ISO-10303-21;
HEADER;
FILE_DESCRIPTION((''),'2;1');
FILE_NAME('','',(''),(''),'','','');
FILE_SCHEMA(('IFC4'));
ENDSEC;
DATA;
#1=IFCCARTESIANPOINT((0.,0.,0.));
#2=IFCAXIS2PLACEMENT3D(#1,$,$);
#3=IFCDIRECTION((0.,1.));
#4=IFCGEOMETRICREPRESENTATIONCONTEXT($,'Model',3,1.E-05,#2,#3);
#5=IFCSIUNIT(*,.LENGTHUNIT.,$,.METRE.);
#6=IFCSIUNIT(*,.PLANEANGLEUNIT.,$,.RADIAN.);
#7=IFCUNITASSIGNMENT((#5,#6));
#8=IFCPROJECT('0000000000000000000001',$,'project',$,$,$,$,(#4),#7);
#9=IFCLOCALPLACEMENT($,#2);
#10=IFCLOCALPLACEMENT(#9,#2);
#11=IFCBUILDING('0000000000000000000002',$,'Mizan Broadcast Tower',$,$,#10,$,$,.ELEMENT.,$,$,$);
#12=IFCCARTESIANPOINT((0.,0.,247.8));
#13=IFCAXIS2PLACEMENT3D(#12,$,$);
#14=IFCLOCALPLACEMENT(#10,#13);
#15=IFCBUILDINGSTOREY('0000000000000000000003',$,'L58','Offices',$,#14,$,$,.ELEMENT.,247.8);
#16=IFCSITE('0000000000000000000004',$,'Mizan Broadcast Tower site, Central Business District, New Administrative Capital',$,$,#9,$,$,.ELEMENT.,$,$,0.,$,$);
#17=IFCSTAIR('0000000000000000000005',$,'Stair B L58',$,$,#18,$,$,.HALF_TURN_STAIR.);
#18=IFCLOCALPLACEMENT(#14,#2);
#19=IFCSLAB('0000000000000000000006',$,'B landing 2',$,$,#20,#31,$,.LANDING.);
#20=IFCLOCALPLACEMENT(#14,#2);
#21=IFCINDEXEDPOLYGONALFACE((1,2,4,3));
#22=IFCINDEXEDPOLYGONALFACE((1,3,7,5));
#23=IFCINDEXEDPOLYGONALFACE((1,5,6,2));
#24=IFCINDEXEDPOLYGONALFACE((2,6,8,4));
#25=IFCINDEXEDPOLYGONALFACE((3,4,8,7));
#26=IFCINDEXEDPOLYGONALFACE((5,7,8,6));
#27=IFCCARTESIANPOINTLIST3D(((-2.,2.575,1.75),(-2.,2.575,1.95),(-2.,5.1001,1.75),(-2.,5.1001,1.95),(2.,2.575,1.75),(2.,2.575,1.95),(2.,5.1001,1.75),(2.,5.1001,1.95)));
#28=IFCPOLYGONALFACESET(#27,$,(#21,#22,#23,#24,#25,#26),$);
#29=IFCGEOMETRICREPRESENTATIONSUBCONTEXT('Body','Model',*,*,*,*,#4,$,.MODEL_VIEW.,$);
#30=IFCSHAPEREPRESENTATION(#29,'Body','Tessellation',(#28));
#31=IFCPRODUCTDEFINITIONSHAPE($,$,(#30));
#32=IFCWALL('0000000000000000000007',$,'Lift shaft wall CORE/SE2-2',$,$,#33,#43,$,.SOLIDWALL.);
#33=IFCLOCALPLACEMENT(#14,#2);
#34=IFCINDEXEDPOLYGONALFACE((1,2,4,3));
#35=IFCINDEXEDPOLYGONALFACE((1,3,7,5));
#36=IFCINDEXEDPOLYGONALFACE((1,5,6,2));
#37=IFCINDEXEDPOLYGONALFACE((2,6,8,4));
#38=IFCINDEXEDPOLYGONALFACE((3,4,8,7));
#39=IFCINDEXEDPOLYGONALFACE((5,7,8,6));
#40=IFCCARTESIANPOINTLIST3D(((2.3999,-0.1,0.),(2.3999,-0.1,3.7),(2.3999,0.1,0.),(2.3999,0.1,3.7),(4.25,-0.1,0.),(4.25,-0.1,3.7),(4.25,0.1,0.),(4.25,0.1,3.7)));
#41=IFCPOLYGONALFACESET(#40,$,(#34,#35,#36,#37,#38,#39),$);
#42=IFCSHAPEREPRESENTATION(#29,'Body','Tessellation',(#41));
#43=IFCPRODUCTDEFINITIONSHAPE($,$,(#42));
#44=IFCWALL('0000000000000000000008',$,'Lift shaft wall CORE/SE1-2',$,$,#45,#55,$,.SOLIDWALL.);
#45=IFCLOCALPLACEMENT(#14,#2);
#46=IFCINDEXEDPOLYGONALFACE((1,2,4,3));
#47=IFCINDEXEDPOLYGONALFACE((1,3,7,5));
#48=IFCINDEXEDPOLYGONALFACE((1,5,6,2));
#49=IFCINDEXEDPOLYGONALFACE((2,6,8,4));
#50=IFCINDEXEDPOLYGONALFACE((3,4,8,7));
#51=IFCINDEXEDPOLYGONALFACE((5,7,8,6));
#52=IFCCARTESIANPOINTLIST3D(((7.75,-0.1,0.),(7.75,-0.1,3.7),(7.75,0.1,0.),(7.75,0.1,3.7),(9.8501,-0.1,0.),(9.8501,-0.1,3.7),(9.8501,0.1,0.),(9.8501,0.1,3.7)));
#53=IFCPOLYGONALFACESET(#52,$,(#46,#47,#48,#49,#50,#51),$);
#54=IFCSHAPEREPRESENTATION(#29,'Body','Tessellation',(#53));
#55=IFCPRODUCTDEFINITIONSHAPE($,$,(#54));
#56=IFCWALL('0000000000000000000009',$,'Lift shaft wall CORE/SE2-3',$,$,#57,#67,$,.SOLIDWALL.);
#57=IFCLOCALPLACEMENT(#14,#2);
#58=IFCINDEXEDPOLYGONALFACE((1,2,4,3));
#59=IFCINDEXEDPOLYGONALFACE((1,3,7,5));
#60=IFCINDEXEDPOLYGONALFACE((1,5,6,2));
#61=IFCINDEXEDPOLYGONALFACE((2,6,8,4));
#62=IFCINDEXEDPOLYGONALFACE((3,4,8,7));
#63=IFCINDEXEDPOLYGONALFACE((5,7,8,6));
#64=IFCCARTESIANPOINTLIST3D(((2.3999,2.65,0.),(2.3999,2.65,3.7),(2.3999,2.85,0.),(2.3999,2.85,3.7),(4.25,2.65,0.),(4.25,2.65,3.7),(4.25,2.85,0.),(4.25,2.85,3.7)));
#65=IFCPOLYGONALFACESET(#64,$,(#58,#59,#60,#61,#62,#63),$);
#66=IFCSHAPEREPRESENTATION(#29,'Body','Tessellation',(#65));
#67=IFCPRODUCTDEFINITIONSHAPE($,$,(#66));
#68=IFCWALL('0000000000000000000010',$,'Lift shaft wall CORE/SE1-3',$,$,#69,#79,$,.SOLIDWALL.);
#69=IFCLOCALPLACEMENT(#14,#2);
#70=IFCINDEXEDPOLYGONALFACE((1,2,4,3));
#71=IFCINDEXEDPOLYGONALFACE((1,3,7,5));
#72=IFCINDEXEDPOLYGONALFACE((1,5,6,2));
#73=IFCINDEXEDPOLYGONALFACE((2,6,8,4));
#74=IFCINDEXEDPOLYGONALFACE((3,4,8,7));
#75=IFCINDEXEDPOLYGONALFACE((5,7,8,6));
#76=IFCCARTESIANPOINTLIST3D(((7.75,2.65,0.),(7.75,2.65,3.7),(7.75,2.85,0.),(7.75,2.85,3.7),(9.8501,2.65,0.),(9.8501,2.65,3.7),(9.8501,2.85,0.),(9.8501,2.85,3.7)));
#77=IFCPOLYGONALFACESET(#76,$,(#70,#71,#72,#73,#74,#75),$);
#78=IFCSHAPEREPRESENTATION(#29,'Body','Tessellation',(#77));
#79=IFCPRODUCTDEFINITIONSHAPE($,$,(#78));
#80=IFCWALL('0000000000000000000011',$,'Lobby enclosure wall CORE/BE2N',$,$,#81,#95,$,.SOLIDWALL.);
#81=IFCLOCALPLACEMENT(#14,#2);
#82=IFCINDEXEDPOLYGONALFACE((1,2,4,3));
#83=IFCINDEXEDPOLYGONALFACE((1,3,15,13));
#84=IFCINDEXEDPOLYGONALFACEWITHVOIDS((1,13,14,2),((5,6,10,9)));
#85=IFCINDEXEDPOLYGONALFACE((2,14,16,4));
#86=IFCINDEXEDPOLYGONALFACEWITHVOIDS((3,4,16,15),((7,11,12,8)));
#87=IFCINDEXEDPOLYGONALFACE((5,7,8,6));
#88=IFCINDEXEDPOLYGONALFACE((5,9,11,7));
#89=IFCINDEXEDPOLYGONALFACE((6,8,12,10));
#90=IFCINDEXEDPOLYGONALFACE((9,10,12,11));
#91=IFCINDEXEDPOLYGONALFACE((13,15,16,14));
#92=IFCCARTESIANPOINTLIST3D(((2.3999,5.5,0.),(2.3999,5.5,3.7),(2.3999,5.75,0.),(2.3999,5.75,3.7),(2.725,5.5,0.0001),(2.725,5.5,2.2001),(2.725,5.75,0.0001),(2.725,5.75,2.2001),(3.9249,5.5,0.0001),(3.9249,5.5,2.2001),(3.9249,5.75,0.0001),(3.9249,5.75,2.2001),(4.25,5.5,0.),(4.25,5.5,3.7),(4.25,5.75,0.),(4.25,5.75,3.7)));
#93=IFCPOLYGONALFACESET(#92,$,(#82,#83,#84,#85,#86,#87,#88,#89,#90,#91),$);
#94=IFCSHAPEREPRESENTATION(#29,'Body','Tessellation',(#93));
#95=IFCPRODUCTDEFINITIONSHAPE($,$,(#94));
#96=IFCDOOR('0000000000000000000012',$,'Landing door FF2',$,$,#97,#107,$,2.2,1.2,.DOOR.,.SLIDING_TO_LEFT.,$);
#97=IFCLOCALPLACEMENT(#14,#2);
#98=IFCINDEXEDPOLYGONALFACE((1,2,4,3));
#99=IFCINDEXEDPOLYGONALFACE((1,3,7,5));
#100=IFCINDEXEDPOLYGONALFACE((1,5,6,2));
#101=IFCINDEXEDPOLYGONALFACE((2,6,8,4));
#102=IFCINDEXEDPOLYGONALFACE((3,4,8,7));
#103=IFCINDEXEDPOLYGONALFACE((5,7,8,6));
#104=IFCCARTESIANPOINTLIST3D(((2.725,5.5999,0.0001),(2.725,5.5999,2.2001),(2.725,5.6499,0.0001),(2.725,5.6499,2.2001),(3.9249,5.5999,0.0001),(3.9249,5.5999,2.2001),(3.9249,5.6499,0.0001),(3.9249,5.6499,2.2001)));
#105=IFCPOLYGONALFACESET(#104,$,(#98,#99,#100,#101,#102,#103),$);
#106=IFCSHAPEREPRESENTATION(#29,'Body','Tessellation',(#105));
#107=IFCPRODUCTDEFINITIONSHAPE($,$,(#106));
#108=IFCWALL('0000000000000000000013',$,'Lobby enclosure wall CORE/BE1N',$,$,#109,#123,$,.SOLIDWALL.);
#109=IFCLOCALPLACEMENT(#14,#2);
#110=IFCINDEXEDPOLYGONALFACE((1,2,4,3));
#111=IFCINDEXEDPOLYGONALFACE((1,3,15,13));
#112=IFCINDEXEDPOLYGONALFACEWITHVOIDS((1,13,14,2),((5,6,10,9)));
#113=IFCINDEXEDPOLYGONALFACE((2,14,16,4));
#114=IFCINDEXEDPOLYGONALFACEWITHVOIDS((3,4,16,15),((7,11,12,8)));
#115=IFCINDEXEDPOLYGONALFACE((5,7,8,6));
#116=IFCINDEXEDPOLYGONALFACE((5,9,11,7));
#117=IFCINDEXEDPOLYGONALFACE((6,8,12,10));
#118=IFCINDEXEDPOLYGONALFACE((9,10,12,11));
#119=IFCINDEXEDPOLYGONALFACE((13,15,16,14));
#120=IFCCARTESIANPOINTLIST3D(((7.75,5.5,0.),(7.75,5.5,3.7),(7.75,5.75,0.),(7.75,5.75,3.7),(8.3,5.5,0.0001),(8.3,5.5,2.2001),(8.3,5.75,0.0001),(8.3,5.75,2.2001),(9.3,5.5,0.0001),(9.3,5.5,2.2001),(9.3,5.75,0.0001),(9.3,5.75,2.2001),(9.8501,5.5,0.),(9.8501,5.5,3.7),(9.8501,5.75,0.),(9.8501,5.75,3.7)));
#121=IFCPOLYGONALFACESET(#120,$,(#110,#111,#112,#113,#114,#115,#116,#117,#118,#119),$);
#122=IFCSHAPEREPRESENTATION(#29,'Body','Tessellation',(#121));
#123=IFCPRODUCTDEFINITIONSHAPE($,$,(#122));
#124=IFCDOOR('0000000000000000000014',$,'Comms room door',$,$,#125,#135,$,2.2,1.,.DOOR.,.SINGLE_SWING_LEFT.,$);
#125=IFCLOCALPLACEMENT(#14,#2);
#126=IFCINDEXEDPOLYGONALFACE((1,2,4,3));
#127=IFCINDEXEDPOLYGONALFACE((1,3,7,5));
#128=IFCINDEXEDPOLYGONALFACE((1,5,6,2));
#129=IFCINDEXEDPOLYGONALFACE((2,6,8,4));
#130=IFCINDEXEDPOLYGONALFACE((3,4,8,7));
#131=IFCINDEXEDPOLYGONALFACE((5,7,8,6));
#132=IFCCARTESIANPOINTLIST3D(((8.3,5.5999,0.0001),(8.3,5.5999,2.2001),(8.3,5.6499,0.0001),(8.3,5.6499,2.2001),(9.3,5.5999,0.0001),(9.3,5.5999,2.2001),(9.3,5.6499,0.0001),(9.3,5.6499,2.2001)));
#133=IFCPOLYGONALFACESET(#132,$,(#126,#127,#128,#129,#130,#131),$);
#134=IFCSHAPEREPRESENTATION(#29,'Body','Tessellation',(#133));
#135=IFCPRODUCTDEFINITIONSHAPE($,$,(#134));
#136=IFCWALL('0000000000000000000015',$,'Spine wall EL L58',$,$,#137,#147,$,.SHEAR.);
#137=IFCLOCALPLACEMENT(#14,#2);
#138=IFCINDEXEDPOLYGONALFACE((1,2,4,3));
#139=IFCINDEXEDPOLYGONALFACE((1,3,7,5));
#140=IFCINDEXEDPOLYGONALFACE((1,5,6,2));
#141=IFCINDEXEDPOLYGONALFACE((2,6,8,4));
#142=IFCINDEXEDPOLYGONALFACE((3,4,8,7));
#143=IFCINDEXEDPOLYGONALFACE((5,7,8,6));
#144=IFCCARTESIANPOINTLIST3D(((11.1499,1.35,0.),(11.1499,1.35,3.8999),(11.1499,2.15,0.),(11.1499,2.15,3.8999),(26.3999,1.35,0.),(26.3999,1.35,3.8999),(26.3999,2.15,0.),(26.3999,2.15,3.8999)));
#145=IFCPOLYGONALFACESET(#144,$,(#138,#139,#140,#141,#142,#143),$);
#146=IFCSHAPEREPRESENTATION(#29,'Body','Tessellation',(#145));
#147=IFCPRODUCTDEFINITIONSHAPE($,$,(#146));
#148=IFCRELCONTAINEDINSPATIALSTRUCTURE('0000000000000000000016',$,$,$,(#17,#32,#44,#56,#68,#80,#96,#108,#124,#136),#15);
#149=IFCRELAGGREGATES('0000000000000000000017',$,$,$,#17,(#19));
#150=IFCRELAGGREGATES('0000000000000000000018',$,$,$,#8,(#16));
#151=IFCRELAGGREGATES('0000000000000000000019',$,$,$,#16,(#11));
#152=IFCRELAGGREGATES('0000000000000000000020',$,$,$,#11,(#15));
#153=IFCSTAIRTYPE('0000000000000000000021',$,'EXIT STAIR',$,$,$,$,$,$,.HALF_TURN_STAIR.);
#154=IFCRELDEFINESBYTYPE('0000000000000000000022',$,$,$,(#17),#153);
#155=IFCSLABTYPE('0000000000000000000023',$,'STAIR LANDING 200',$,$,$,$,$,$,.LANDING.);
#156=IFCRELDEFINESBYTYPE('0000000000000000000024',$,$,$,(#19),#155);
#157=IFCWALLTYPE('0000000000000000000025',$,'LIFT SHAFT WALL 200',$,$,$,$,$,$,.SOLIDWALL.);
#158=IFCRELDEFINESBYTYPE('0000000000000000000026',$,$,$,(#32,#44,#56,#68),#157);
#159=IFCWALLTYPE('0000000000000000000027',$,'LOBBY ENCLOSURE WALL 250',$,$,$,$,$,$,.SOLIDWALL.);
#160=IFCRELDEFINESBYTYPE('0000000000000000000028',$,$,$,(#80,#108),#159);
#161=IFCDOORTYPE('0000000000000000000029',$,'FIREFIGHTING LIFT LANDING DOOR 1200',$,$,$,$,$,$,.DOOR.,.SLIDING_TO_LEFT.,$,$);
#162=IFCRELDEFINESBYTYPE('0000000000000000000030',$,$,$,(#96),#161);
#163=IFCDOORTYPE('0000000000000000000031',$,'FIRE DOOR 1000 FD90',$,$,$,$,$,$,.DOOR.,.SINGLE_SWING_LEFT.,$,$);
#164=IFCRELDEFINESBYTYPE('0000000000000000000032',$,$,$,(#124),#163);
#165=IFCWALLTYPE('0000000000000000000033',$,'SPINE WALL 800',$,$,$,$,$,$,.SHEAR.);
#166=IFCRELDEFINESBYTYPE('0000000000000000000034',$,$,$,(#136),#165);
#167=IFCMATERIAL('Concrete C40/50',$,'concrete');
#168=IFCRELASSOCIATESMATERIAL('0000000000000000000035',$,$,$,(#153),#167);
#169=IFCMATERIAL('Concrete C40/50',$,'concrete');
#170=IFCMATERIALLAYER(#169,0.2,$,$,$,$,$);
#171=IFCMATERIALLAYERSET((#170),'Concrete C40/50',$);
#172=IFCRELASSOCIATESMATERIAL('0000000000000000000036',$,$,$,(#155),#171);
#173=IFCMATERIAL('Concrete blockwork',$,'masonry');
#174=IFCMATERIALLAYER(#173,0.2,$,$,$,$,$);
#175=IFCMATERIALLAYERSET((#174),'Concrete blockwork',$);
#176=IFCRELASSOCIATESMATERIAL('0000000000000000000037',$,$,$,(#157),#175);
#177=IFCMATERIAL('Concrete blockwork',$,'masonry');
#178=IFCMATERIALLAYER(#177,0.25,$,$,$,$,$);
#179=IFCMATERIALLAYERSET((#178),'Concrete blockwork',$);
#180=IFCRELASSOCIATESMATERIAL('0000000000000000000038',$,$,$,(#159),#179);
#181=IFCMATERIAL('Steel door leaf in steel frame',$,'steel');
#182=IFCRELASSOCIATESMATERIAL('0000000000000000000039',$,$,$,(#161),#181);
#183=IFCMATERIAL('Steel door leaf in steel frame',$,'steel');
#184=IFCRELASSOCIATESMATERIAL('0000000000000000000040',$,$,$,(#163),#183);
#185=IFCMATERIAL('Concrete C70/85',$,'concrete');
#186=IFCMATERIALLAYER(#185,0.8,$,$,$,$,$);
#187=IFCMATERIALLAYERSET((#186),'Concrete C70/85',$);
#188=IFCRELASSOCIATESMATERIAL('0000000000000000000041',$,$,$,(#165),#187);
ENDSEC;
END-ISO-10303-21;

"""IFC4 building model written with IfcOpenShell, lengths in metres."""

from ifc_helpers import new_model, si_unit, direction, frame, frame_2d, origin, place, context, subcontext, project, spatial, polyline, rectangle, outline, extrude, material, layer, layer_set, type_object, element, fill, aggregate, save


model = new_model("IFC4")

# Units and contexts
model_context = context("Model", 3, precision=1e-05, world=origin(), true_north=direction((0.0, 1.0)))
body_context = subcontext(model_context, "Body", "Model", "MODEL_VIEW")
ifc_project = project(units=[si_unit("LENGTHUNIT", "METRE"), si_unit("PLANEANGLEUNIT", "RADIAN")], contexts=[model_context])

# Site, building, storey
site_placement = place(None, origin())
site = spatial("IfcSite", under=ifc_project, at=site_placement, Name="Mizan Broadcast Tower site, Central Business District, New Administrative Capital", CompositionType="ELEMENT", RefElevation=0.0)
building_placement = place(site_placement, origin())
building = spatial("IfcBuilding", under=site, at=building_placement, Name="Mizan Broadcast Tower", CompositionType="ELEMENT")
storey_placement = place(building_placement, frame((0.0, 0.0, 247.8)))
storey = spatial("IfcBuildingStorey", under=building, at=storey_placement, Name="L58", Description="Offices", CompositionType="ELEMENT", Elevation=247.8)

# Stair, slab
ifc_material_1 = material(Name="Concrete C40/50", Category="concrete")
stair_type = type_object("IfcStairType", Name="EXIT STAIR", PredefinedType="HALF_TURN_STAIR", material=ifc_material_1)
ifc_material_2 = material(Name="Concrete C40/50", Category="concrete")
ifc_layer_1 = layer(ifc_material_2, 0.2)
ifc_layer_set_1 = layer_set([ifc_layer_1], Name="Concrete C40/50")
slab_type = type_object("IfcSlabType", Name="STAIR LANDING 200", PredefinedType="LANDING", material=ifc_layer_set_1)
stair_1_placement = place(storey_placement, origin())
stair_1 = element("IfcStair", 1, at=stair_1_placement, inside=storey, type_object=stair_type, Name="Stair B L58", PredefinedType="HALF_TURN_STAIR")
slab_1_placement = place(storey_placement, frame((0.0, 0.0, 1.75)))
slab_1 = element("IfcSlab", 2, at=slab_1_placement, type_object=slab_type, Name="B landing 2", PredefinedType="LANDING", context=body_context, shape_type="SweptSolid", body=[
    extrude(outline(polyline([(2.0, 5.1001), (2.0, 2.575), (-2.0, 2.575), (-2.0, 5.1001), (2.0, 5.1001)])), origin(), (0.0, 0.0, 1.0), 0.2),
])
aggregate(stair_1, [slab_1])

# Walls
ifc_material_3 = material(Name="Concrete blockwork", Category="masonry")
ifc_layer_2 = layer(ifc_material_3, 0.2)
ifc_layer_set_2 = layer_set([ifc_layer_2], Name="Concrete blockwork")
wall_type_1 = type_object("IfcWallType", Name="LIFT SHAFT WALL 200", PredefinedType="SOLIDWALL", material=ifc_layer_set_2)
wall_1_placement = place(storey_placement, frame((2.3999, 0.0, 0.0), z_axis=(0.0, 0.0, 1.0), x_axis=(1.0, 0.0, 0.0)))
element("IfcWall", 3, at=wall_1_placement, inside=storey, type_object=wall_type_1, Name="Lift shaft wall CORE/SE2-2", PredefinedType="SOLIDWALL", context=body_context, shape_type="SweptSolid", body=[
    extrude(rectangle(XDim=1.8501, YDim=0.2, at=frame_2d((0.925, 0.0))), origin(), (0.0, 0.0, 1.0), 3.7),
])
wall_2_placement = place(storey_placement, frame((7.75, 0.0, 0.0), z_axis=(0.0, 0.0, 1.0), x_axis=(1.0, 0.0, 0.0)))
element("IfcWall", 4, at=wall_2_placement, inside=storey, type_object=wall_type_1, Name="Lift shaft wall CORE/SE1-2", PredefinedType="SOLIDWALL", context=body_context, shape_type="SweptSolid", body=[
    extrude(rectangle(XDim=2.1001, YDim=0.2, at=frame_2d((1.05, 0.0))), origin(), (0.0, 0.0, 1.0), 3.7),
])
wall_3_placement = place(storey_placement, frame((2.3999, 2.75, 0.0), z_axis=(0.0, 0.0, 1.0), x_axis=(1.0, 0.0, 0.0)))
element("IfcWall", 5, at=wall_3_placement, inside=storey, type_object=wall_type_1, Name="Lift shaft wall CORE/SE2-3", PredefinedType="SOLIDWALL", context=body_context, shape_type="SweptSolid", body=[
    extrude(rectangle(XDim=1.8501, YDim=0.2, at=frame_2d((0.925, 0.0))), origin(), (0.0, 0.0, 1.0), 3.7),
])
wall_4_placement = place(storey_placement, frame((7.75, 2.75, 0.0), z_axis=(0.0, 0.0, 1.0), x_axis=(1.0, 0.0, 0.0)))
element("IfcWall", 6, at=wall_4_placement, inside=storey, type_object=wall_type_1, Name="Lift shaft wall CORE/SE1-3", PredefinedType="SOLIDWALL", context=body_context, shape_type="SweptSolid", body=[
    extrude(rectangle(XDim=2.1001, YDim=0.2, at=frame_2d((1.05, 0.0))), origin(), (0.0, 0.0, 1.0), 3.7),
])

# Walls, openings, doors
ifc_material_4 = material(Name="Concrete blockwork", Category="masonry")
ifc_layer_3 = layer(ifc_material_4, 0.25)
ifc_layer_set_3 = layer_set([ifc_layer_3], Name="Concrete blockwork")
wall_type_2 = type_object("IfcWallType", Name="LOBBY ENCLOSURE WALL 250", PredefinedType="SOLIDWALL", material=ifc_layer_set_3)
wall_5_placement = place(storey_placement, frame((2.3999, 5.625, 0.0), z_axis=(0.0, 0.0, 1.0), x_axis=(1.0, 0.0, 0.0)))
wall_5 = element("IfcWall", 7, at=wall_5_placement, inside=storey, type_object=wall_type_2, Name="Lobby enclosure wall CORE/BE2N", PredefinedType="SOLIDWALL", context=body_context, shape_type="SweptSolid", body=[
    extrude(rectangle(XDim=1.8501, YDim=0.25, at=frame_2d((0.925, 0.0))), origin(), (0.0, 0.0, 1.0), 3.7),
])
opening_1_placement = place(wall_5_placement, frame((0.325, 0.0, 0.0)))
opening_1 = element("IfcOpeningElement", 8, at=opening_1_placement, cuts=wall_5, PredefinedType="OPENING", context=body_context, shape_type="SweptSolid", body=[
    extrude(rectangle(XDim=1.2, YDim=2.2, at=frame_2d((0.6001, 1.1001))), frame((0.0, 0.135, 0.0), z_axis=(0.0, -1.0, 0.0), x_axis=(1.0, 0.0, 0.0)), (0.0, 0.0, 1.0), 0.27),
])
ifc_material_5 = material(Name="Steel door leaf in steel frame", Category="steel")
door_type_1 = type_object("IfcDoorType", Name="FIREFIGHTING LIFT LANDING DOOR 1200", OperationType="SLIDING_TO_LEFT", PredefinedType="DOOR", material=ifc_material_5)
door_1_placement = place(opening_1_placement, origin())
door_1 = element("IfcDoor", 9, at=door_1_placement, inside=storey, type_object=door_type_1, Name="Landing door FF2", OperationType="SLIDING_TO_LEFT", OverallHeight=2.2, OverallWidth=1.2, PredefinedType="DOOR", context=body_context, shape_type="SweptSolid", body=[
    extrude(rectangle(XDim=1.2, YDim=2.2, at=frame_2d((0.6001, 1.1001))), frame((0.0, 0.0249, 0.0), z_axis=(0.0, -1.0, 0.0), x_axis=(1.0, 0.0, 0.0)), (0.0, 0.0, 1.0), 0.05),
])
fill(opening_1, door_1)
wall_6_placement = place(storey_placement, frame((7.75, 5.625, 0.0), z_axis=(0.0, 0.0, 1.0), x_axis=(1.0, 0.0, 0.0)))
wall_6 = element("IfcWall", 10, at=wall_6_placement, inside=storey, type_object=wall_type_2, Name="Lobby enclosure wall CORE/BE1N", PredefinedType="SOLIDWALL", context=body_context, shape_type="SweptSolid", body=[
    extrude(rectangle(XDim=2.1001, YDim=0.25, at=frame_2d((1.05, 0.0))), origin(), (0.0, 0.0, 1.0), 3.7),
])
opening_2_placement = place(wall_6_placement, frame((0.55, 0.0, 0.0)))
opening_2 = element("IfcOpeningElement", 11, at=opening_2_placement, cuts=wall_6, PredefinedType="OPENING", context=body_context, shape_type="SweptSolid", body=[
    extrude(rectangle(XDim=1.0, YDim=2.2, at=frame_2d((0.5, 1.1001))), frame((0.0, 0.135, 0.0), z_axis=(0.0, -1.0, 0.0), x_axis=(1.0, 0.0, 0.0)), (0.0, 0.0, 1.0), 0.27),
])
ifc_material_6 = material(Name="Steel door leaf in steel frame", Category="steel")
door_type_2 = type_object("IfcDoorType", Name="FIRE DOOR 1000 FD90", OperationType="SINGLE_SWING_LEFT", PredefinedType="DOOR", material=ifc_material_6)
door_2_placement = place(opening_2_placement, origin())
door_2 = element("IfcDoor", 12, at=door_2_placement, inside=storey, type_object=door_type_2, Name="Comms room door", OperationType="SINGLE_SWING_LEFT", OverallHeight=2.2, OverallWidth=1.0, PredefinedType="DOOR", context=body_context, shape_type="SweptSolid", body=[
    extrude(rectangle(XDim=1.0, YDim=2.2, at=frame_2d((0.5, 1.1001))), frame((0.0, 0.0249, 0.0), z_axis=(0.0, -1.0, 0.0), x_axis=(1.0, 0.0, 0.0)), (0.0, 0.0, 1.0), 0.05),
])
fill(opening_2, door_2)

# Wall
ifc_material_7 = material(Name="Concrete C70/85", Category="concrete")
ifc_layer_4 = layer(ifc_material_7, 0.8)
ifc_layer_set_4 = layer_set([ifc_layer_4], Name="Concrete C70/85")
wall_type_3 = type_object("IfcWallType", Name="SPINE WALL 800", PredefinedType="SHEAR", material=ifc_layer_set_4)
wall_7_placement = place(storey_placement, frame((11.1499, 1.75, 0.0), z_axis=(0.0, 0.0, 1.0), x_axis=(1.0, 0.0, 0.0)))
element("IfcWall", 13, at=wall_7_placement, inside=storey, type_object=wall_type_3, Name="Spine wall EL L58", PredefinedType="SHEAR", context=body_context, shape_type="SweptSolid", body=[
    extrude(rectangle(XDim=15.25, YDim=0.8, at=frame_2d((7.625, 0.0))), origin(), (0.0, 0.0, 1.0), 3.8999),
])

save(model, "model.ifc")
